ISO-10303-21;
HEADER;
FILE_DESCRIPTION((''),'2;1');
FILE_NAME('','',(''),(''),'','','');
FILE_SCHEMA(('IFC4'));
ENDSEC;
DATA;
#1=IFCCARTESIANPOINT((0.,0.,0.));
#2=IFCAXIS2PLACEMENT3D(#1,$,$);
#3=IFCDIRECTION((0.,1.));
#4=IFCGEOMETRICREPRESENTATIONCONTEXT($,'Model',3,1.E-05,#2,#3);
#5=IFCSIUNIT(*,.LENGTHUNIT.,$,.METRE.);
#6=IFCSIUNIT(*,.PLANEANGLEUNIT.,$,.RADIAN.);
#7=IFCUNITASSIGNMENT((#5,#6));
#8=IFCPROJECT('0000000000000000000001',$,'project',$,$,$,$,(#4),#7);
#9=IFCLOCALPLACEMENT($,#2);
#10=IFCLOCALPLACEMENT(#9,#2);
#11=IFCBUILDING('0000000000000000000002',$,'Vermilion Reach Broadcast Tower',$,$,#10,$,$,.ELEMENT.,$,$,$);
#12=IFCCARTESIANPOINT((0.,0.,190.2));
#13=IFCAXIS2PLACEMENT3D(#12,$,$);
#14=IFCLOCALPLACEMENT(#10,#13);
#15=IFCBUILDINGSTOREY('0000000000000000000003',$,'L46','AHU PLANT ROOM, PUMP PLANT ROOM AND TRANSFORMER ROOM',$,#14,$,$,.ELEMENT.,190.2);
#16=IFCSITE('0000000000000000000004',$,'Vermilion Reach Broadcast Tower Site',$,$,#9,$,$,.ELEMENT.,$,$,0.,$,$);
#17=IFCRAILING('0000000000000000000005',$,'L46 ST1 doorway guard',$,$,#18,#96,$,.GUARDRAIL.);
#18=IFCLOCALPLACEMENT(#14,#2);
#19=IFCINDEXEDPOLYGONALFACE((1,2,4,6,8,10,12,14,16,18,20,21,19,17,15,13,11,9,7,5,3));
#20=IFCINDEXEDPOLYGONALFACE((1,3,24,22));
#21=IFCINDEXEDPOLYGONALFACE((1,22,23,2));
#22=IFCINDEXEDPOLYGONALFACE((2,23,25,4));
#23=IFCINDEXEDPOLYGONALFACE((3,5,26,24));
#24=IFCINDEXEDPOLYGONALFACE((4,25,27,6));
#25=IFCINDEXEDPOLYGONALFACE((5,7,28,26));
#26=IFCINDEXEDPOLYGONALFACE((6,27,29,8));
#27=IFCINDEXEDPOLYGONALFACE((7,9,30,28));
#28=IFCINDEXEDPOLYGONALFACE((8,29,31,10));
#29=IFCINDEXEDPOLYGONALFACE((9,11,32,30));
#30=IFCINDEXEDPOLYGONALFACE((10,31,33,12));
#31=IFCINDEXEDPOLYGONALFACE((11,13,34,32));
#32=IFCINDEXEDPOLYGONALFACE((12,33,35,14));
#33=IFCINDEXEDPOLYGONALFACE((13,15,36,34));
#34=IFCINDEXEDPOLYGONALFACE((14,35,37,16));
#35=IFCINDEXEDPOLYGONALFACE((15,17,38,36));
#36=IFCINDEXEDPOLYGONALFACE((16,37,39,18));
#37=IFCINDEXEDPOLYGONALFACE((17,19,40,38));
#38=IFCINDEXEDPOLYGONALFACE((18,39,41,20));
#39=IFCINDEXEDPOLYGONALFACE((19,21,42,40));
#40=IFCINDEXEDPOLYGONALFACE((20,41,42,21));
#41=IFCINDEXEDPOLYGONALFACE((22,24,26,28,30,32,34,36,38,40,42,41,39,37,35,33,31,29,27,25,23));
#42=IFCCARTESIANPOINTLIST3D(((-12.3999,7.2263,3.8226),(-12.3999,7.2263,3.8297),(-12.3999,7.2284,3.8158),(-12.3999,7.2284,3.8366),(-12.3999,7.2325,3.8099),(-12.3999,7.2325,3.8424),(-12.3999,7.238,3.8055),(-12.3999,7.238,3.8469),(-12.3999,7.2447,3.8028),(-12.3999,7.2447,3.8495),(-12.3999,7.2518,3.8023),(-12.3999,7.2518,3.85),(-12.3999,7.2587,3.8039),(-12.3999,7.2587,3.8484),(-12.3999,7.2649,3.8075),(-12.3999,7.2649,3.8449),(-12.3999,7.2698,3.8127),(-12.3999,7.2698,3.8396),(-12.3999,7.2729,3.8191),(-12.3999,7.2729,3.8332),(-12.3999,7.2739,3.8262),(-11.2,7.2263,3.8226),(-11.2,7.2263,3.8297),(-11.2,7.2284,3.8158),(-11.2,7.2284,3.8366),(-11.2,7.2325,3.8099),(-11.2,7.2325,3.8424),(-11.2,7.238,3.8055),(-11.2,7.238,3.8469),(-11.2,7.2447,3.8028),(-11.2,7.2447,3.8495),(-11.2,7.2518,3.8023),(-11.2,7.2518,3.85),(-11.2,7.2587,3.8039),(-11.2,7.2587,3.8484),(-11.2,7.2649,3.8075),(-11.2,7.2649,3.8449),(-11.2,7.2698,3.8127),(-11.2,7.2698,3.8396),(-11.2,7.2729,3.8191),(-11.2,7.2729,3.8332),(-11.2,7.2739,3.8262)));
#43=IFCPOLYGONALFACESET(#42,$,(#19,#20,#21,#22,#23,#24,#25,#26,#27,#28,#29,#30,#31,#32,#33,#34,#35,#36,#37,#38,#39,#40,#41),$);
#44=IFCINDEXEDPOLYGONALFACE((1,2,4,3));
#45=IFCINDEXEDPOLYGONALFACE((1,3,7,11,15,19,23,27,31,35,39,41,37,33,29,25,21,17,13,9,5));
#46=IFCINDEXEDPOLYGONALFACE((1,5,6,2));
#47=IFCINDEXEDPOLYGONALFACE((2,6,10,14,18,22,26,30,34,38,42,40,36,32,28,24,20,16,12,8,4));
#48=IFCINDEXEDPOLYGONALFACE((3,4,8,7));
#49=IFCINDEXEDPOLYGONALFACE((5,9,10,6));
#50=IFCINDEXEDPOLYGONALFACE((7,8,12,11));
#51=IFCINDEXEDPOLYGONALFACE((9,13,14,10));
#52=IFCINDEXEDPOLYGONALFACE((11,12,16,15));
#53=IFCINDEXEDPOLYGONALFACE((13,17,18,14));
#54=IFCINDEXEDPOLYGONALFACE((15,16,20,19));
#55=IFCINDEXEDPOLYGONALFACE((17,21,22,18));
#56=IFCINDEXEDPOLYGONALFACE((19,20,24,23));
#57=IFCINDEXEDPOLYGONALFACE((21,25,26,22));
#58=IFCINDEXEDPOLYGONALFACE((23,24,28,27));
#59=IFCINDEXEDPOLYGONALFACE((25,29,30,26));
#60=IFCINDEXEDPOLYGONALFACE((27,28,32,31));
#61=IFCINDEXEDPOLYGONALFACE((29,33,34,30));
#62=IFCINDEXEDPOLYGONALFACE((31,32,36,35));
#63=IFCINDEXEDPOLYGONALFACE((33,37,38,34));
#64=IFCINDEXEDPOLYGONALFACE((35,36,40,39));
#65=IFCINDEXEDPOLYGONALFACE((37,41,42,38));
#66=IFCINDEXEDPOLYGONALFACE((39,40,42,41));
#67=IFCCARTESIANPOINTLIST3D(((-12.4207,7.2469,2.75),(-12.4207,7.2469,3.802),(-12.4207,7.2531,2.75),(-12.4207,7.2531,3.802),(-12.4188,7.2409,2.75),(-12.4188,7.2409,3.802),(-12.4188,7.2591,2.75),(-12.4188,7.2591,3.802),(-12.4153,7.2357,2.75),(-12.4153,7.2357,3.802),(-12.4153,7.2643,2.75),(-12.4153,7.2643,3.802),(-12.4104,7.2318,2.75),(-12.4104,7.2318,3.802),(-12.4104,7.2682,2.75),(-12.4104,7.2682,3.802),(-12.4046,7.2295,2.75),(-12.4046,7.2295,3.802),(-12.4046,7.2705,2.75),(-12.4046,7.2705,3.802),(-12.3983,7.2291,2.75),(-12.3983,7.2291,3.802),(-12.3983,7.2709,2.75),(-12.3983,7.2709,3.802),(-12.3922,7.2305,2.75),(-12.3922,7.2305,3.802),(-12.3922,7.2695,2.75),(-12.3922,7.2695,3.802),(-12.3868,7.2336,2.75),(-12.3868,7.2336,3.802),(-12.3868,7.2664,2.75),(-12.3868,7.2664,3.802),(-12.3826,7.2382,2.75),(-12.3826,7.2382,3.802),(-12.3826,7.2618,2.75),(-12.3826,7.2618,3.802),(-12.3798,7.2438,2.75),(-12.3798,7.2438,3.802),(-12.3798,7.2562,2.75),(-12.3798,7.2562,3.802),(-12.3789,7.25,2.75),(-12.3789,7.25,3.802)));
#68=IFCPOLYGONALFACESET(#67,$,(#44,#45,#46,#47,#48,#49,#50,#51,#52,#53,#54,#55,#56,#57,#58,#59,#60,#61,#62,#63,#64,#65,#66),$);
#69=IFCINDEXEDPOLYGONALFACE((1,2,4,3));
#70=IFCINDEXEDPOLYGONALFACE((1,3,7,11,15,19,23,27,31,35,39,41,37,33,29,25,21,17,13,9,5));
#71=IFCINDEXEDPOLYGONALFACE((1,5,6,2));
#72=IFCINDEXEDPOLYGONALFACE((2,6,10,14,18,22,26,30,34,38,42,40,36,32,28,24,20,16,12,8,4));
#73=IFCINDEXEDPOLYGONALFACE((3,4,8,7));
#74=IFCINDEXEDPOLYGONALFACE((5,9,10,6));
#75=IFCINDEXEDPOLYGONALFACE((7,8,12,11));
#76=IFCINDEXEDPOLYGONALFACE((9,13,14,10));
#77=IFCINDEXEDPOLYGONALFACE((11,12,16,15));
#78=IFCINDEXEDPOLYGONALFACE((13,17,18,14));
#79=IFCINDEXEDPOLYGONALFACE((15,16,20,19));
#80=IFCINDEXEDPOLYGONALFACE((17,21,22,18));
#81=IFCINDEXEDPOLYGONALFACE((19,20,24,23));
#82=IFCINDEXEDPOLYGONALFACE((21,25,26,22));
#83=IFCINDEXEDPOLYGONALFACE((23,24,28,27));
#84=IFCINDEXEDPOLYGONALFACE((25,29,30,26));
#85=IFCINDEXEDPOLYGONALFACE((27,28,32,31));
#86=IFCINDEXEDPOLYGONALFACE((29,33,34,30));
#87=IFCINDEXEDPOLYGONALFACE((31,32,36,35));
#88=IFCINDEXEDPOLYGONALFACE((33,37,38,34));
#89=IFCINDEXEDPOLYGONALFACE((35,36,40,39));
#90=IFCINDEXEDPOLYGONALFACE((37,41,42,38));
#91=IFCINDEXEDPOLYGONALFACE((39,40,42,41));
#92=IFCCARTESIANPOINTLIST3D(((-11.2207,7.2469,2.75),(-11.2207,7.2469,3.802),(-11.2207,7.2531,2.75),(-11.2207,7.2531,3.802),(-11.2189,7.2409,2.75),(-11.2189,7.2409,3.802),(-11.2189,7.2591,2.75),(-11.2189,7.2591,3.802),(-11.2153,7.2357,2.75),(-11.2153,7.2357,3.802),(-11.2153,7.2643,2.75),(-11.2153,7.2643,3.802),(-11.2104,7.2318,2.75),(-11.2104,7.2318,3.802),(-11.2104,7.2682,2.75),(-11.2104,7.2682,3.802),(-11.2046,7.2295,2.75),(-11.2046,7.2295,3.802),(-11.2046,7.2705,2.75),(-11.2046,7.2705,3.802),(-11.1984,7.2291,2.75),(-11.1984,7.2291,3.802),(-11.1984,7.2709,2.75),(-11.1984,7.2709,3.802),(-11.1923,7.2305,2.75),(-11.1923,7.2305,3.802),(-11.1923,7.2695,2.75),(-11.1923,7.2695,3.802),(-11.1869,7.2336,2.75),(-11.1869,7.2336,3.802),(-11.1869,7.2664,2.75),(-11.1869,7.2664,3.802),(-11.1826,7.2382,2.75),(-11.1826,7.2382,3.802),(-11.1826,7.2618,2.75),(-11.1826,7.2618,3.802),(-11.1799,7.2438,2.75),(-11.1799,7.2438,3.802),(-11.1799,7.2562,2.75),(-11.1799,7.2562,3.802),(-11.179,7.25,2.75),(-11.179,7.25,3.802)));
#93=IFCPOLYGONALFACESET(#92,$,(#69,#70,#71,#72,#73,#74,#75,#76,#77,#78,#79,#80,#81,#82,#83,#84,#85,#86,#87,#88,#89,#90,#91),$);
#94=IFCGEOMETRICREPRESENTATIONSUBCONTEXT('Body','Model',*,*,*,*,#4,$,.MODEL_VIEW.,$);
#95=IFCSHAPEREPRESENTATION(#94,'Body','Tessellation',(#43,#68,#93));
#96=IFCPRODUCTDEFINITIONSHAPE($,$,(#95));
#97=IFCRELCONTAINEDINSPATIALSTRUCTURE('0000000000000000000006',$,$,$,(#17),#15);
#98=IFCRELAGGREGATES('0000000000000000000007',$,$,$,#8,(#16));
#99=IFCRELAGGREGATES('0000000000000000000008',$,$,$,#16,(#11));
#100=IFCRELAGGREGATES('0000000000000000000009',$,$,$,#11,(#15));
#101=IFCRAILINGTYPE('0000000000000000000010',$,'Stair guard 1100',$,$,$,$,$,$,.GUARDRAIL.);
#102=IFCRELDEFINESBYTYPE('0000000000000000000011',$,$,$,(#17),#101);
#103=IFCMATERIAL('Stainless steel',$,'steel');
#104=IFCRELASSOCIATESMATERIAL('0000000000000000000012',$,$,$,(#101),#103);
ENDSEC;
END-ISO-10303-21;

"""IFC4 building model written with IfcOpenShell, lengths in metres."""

from ifc_helpers import new_model, si_unit, direction, frame, origin, origin_2d, place, context, subcontext, project, spatial, circle, extrude, material, type_object, element, save


model = new_model("IFC4")

# Units and contexts
model_context = context("Model", 3, precision=1e-05, world=origin(), true_north=direction((0.0, 1.0)))
body_context = subcontext(model_context, "Body", "Model", "MODEL_VIEW")
ifc_project = project(units=[si_unit("LENGTHUNIT", "METRE"), si_unit("PLANEANGLEUNIT", "RADIAN")], contexts=[model_context])

# Site, building, storey
site_placement = place(None, origin())
site = spatial("IfcSite", under=ifc_project, at=site_placement, Name="Vermilion Reach Broadcast Tower Site", CompositionType="ELEMENT", RefElevation=0.0)
building_placement = place(site_placement, origin())
building = spatial("IfcBuilding", under=site, at=building_placement, Name="Vermilion Reach Broadcast Tower", CompositionType="ELEMENT")
storey_placement = place(building_placement, frame((0.0, 0.0, 190.2)))
storey = spatial("IfcBuildingStorey", under=building, at=storey_placement, Name="L46", Description="AHU PLANT ROOM, PUMP PLANT ROOM AND TRANSFORMER ROOM", CompositionType="ELEMENT", Elevation=190.2)

# Railing
ifc_material_1 = material(Name="Stainless steel", Category="steel")
railing_type_1 = type_object("IfcRailingType", Name="Stair guard 1100", PredefinedType="GUARDRAIL", material=ifc_material_1)
railing_placement = place(storey_placement, frame((-12.3999, 7.25, 2.75)))
element("IfcRailing", 1, at=railing_placement, inside=storey, type_object=railing_type_1, Name="L46 ST1 doorway guard", PredefinedType="GUARDRAIL", context=body_context, shape_type="SweptSolid", body=[
    extrude(circle(Radius=0.0239, at=origin_2d()), frame((0.0, 0.0, 1.0762), z_axis=(1.0, 0.0, 0.0), x_axis=(0.0, 1.0, 0.0)), (0.0, 0.0, 1.0), 1.2),
    extrude(circle(Radius=0.021, at=origin_2d()), origin(), (0.0, 0.0, 1.0), 1.052),
    extrude(circle(Radius=0.021, at=origin_2d()), frame((1.2, 0.0, 0.0)), (0.0, 0.0, 1.0), 1.052),
])

save(model, "model.ifc")
